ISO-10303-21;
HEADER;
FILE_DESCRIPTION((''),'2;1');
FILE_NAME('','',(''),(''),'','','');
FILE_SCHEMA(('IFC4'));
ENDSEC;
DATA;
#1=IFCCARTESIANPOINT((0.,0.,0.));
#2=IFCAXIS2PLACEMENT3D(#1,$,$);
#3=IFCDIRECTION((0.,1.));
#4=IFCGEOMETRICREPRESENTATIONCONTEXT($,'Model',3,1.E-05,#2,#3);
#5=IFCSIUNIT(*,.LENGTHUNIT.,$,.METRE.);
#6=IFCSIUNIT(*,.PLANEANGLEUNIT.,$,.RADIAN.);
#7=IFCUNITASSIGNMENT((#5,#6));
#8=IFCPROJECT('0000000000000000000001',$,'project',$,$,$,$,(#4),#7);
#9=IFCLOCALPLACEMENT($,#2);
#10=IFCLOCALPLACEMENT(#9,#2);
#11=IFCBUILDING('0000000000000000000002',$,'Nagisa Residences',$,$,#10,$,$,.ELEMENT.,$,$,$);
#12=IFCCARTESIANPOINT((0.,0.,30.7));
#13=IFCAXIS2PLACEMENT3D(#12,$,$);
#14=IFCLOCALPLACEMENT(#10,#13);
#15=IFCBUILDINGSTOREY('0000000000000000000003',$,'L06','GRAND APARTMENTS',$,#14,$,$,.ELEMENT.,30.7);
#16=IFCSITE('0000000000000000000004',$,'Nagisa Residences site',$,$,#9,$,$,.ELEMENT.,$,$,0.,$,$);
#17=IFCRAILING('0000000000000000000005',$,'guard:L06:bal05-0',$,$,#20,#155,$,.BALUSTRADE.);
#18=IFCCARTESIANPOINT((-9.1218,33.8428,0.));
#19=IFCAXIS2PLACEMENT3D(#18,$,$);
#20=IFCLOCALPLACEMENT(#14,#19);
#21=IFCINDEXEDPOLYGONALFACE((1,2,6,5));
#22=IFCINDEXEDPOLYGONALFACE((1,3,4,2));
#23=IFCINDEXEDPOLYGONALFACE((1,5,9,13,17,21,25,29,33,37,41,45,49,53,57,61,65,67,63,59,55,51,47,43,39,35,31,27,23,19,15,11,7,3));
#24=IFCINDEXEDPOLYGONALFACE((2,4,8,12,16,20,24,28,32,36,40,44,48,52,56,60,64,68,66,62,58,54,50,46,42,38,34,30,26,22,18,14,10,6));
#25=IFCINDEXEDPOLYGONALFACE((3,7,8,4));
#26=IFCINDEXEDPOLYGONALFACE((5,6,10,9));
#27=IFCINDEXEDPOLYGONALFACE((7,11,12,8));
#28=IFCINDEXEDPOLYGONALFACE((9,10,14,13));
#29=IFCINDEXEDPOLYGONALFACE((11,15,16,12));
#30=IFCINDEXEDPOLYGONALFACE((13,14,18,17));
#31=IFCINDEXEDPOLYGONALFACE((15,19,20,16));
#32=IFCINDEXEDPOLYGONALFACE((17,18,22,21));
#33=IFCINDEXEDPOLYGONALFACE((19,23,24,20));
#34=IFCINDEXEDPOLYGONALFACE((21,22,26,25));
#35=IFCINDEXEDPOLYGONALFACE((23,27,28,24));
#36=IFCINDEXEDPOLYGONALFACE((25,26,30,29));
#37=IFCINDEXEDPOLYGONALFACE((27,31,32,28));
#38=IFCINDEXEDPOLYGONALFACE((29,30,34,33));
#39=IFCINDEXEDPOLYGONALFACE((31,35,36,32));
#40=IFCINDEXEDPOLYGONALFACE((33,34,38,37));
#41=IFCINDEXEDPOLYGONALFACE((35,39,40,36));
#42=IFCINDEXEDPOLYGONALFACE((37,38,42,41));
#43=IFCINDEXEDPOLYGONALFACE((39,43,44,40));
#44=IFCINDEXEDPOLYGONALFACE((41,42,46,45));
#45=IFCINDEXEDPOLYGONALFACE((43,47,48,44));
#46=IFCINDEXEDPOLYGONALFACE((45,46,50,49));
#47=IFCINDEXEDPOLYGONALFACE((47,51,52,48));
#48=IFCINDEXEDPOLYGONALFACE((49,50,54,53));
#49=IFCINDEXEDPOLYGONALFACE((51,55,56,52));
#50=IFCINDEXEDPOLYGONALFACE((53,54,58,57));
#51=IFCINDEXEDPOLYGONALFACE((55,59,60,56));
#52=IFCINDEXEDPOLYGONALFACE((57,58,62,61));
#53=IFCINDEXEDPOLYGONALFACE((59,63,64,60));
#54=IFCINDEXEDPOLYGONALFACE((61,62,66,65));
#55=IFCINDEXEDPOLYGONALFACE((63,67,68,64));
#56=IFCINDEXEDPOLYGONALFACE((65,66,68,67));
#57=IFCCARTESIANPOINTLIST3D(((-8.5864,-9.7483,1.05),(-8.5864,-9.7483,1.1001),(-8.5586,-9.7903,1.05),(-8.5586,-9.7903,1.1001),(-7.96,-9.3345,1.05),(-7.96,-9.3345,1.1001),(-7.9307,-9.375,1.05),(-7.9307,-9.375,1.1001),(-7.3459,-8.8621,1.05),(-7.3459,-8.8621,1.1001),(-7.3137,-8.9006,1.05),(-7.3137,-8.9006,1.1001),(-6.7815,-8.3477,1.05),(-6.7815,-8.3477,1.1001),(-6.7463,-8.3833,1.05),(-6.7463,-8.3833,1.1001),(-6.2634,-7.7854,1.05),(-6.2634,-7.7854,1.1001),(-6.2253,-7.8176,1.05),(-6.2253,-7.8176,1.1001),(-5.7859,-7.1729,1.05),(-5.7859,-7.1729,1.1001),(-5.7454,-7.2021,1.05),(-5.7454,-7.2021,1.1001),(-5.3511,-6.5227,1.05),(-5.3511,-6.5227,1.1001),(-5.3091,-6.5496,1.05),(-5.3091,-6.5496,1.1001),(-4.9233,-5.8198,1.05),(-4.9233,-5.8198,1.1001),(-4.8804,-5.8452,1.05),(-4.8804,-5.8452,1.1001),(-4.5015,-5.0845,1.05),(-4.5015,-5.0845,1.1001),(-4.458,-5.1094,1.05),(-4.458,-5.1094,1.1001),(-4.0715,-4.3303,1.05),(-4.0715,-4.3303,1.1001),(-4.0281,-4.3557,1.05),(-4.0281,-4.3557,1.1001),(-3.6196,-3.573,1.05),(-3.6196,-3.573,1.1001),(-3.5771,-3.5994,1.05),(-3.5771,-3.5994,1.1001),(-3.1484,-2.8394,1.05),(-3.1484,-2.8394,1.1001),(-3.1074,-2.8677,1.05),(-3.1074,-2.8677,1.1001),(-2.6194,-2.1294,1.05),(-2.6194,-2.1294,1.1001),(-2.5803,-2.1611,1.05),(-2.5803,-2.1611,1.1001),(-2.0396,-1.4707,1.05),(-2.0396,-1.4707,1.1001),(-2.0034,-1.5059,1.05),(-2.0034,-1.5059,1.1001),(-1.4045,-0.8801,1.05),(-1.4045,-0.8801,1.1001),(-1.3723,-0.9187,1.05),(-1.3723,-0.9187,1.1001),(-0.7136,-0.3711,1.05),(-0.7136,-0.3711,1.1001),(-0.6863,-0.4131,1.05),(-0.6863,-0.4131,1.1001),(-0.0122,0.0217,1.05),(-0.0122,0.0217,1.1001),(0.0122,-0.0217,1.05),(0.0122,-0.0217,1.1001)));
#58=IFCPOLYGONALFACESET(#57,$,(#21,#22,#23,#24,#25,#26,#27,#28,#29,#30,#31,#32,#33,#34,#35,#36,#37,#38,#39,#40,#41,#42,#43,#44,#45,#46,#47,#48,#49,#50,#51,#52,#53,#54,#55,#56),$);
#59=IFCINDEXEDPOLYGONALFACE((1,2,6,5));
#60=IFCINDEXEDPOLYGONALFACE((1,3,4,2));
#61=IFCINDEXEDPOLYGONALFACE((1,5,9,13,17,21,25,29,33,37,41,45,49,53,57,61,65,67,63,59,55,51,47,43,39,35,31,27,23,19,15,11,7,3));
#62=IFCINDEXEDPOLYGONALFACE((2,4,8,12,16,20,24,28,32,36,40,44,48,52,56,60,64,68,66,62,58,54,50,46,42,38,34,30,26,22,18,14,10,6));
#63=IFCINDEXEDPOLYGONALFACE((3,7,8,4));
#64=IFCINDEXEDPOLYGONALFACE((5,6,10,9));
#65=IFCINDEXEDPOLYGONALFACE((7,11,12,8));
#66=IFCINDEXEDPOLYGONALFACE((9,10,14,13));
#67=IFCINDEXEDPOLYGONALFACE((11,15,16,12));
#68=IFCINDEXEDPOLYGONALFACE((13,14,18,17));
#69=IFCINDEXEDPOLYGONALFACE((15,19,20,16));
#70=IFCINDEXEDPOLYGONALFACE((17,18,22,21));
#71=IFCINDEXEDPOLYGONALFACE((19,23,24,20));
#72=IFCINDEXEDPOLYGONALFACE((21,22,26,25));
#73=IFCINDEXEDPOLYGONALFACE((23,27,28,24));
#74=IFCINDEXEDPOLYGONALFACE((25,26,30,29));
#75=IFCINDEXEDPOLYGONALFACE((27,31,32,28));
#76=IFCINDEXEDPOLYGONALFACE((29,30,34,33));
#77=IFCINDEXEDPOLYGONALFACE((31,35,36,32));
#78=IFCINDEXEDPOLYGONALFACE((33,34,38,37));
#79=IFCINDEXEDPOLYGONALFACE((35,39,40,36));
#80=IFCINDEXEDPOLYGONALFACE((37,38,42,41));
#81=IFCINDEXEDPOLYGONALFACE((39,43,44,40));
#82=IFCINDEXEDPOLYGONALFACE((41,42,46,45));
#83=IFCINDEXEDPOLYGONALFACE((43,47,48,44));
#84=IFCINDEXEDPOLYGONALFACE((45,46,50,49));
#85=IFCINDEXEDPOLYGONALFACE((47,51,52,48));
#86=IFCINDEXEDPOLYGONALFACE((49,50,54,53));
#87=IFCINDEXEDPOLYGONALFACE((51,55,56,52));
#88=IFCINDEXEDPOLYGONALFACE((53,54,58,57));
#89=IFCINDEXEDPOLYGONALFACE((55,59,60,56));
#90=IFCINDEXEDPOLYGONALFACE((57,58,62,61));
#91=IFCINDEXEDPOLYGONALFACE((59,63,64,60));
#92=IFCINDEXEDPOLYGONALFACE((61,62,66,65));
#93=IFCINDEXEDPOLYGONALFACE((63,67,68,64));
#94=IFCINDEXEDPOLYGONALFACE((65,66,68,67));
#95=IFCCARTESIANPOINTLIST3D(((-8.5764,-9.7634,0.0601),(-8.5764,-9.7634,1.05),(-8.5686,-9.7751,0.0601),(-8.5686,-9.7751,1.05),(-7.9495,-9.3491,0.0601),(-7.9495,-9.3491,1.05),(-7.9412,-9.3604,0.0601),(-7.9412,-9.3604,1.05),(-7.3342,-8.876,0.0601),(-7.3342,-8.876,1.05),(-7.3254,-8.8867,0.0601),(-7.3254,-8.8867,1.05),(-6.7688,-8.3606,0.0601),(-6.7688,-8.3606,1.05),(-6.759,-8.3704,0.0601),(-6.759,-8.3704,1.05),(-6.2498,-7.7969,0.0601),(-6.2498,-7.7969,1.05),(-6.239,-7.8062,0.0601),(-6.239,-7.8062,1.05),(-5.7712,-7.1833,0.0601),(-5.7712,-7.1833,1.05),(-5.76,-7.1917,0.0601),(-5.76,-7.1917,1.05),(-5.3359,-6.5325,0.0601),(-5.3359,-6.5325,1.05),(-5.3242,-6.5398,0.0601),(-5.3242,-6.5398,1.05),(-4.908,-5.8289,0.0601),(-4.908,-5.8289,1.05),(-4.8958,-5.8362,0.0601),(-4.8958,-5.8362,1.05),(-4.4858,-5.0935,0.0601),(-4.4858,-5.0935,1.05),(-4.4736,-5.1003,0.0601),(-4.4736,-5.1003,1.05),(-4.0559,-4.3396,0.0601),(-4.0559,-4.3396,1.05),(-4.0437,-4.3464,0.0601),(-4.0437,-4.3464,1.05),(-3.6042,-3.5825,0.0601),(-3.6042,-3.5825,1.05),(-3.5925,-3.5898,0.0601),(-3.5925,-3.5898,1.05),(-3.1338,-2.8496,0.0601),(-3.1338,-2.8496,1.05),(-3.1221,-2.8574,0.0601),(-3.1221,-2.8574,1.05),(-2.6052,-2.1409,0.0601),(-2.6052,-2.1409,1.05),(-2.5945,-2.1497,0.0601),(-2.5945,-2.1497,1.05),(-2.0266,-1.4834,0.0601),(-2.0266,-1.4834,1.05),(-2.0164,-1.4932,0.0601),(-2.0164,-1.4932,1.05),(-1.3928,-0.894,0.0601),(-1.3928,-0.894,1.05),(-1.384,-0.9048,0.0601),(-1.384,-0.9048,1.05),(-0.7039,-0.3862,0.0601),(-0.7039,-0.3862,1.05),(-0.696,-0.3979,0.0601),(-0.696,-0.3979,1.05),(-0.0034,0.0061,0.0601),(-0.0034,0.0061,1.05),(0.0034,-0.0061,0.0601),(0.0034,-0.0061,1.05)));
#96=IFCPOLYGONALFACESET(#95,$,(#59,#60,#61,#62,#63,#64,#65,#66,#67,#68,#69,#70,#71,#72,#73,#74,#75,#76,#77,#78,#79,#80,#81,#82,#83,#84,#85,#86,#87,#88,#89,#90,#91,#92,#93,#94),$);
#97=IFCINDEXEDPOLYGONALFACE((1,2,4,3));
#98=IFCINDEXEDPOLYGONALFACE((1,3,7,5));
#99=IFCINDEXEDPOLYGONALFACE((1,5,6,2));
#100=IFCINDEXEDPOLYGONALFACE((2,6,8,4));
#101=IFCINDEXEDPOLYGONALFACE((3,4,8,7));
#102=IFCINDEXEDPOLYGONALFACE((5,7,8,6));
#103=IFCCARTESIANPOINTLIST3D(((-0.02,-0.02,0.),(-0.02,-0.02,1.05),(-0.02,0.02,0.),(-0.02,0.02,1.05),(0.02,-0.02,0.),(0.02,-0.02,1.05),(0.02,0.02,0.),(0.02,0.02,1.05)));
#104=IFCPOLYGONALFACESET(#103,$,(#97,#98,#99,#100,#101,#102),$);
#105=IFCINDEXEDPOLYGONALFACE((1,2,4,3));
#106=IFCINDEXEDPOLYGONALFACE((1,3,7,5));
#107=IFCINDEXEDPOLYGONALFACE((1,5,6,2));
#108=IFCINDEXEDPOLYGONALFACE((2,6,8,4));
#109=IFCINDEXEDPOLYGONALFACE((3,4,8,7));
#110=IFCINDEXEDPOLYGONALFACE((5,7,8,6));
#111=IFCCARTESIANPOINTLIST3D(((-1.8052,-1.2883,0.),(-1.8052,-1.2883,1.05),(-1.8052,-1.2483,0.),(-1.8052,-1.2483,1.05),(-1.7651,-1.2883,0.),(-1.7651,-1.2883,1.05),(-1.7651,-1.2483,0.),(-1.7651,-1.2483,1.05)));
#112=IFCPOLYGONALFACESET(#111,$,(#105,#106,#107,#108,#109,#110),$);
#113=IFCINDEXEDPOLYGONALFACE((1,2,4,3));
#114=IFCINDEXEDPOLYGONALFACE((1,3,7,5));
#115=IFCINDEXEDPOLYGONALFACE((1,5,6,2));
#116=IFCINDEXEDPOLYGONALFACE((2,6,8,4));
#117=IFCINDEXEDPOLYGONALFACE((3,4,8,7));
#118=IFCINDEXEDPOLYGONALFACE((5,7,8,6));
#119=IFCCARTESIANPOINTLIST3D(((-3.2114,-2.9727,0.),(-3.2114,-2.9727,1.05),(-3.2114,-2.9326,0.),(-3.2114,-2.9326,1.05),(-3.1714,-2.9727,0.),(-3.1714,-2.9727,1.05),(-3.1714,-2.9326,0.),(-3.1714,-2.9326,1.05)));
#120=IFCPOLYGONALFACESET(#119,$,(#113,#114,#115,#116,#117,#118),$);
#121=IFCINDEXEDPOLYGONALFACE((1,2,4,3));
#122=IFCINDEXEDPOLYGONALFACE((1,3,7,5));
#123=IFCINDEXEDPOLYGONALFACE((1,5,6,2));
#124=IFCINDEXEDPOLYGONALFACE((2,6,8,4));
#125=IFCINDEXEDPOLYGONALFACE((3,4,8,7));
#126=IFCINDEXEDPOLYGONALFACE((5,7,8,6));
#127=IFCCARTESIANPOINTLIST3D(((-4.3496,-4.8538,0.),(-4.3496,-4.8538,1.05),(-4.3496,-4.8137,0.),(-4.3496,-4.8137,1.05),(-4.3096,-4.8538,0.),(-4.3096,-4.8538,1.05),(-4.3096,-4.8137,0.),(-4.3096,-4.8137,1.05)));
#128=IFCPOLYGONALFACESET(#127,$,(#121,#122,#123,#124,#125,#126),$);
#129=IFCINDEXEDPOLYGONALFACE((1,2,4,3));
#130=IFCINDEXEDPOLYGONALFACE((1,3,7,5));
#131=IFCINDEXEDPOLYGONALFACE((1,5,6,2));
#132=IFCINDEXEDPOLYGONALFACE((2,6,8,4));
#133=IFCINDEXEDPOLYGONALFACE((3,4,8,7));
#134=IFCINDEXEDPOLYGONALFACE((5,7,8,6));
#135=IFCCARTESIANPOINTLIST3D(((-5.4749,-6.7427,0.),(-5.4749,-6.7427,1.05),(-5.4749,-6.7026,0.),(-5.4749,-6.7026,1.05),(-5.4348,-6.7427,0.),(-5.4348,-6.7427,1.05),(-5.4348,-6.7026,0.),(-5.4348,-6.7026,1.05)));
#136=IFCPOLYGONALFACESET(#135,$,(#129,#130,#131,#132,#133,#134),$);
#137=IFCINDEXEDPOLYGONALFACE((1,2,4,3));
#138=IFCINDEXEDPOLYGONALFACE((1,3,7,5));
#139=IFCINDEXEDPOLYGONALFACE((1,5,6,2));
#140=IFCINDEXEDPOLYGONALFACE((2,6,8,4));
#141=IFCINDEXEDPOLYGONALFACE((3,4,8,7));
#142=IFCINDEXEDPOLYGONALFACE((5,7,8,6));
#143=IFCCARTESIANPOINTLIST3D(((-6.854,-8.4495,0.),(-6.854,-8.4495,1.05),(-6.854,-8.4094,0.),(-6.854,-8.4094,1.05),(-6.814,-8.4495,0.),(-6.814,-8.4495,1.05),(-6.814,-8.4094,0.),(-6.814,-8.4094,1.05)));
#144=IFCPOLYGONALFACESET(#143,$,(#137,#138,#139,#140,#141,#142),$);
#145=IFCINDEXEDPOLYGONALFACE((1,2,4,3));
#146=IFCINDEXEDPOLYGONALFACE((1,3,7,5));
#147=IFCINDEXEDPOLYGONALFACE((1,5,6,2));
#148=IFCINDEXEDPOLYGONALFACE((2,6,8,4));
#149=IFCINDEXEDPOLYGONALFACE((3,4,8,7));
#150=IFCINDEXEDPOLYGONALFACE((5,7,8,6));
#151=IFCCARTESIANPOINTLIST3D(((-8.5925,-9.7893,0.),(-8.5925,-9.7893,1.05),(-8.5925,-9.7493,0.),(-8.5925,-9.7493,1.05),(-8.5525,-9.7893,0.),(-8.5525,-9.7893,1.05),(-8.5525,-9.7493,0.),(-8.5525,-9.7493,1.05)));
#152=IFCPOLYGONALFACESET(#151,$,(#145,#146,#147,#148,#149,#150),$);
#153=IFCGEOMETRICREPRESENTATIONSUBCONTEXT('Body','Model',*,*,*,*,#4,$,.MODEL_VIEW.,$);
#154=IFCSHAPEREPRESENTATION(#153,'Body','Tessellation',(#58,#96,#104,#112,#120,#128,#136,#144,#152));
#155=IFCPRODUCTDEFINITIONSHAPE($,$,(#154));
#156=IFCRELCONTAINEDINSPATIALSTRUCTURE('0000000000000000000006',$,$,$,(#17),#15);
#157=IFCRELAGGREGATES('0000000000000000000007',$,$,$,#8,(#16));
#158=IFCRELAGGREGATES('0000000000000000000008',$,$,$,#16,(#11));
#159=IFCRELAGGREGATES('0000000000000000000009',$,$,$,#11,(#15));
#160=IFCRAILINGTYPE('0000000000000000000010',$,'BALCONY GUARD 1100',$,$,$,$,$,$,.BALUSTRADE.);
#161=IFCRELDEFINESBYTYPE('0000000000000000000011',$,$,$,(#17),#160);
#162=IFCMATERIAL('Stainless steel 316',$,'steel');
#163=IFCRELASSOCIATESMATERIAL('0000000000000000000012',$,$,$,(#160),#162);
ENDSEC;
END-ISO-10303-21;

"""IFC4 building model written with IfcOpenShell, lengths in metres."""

from ifc_helpers import new_model, si_unit, direction, frame, origin, origin_2d, place, context, subcontext, project, spatial, polyline, rectangle, outline, extrude, material, type_object, element, save


model = new_model("IFC4")

# Units and contexts
model_context = context("Model", 3, precision=1e-05, world=origin(), true_north=direction((0.0, 1.0)))
body_context = subcontext(model_context, "Body", "Model", "MODEL_VIEW")
ifc_project = project(units=[si_unit("LENGTHUNIT", "METRE"), si_unit("PLANEANGLEUNIT", "RADIAN")], contexts=[model_context])

# Site, building, storey
site_placement = place(None, origin())
site = spatial("IfcSite", under=ifc_project, at=site_placement, Name="Nagisa Residences site", CompositionType="ELEMENT", RefElevation=0.0)
building_placement = place(site_placement, origin())
building = spatial("IfcBuilding", under=site, at=building_placement, Name="Nagisa Residences", CompositionType="ELEMENT")
storey_placement = place(building_placement, frame((0.0, 0.0, 30.7)))
storey = spatial("IfcBuildingStorey", under=building, at=storey_placement, Name="L06", Description="GRAND APARTMENTS", CompositionType="ELEMENT", Elevation=30.7)

# Railing
ifc_material_1 = material(Name="Stainless steel 316", Category="steel")
railing_type = type_object("IfcRailingType", Name="BALCONY GUARD 1100", PredefinedType="BALUSTRADE", material=ifc_material_1)
railing_placement = place(storey_placement, frame((-9.1218, 33.8428, 0.0)))
element("IfcRailing", 1, at=railing_placement, inside=storey, type_object=railing_type, Name="guard:L06:bal05-0", PredefinedType="BALUSTRADE", context=body_context, shape_type="SweptSolid", body=[
    extrude(outline(polyline([(-0.6863, -0.4131), (0.0122, -0.0217), (-0.0122, 0.0217), (-0.7136, -0.3711), (-1.4045, -0.8801), (-2.0396, -1.4707), (-2.6194, -2.1294), (-3.1484, -2.8394), (-3.6196, -3.573), (-4.0715, -4.3303), (-4.5015, -5.0845), (-4.9233, -5.8198), (-5.3511, -6.5227), (-5.7859, -7.1729), (-6.2634, -7.7854), (-6.7815, -8.3477), (-7.3459, -8.8621), (-7.96, -9.3345), (-8.5864, -9.7483), (-8.5586, -9.7903), (-7.9307, -9.375), (-7.3137, -8.9006), (-6.7463, -8.3833), (-6.2253, -7.8176), (-5.7454, -7.2021), (-5.3091, -6.5496), (-4.8804, -5.8452), (-4.458, -5.1094), (-4.0281, -4.3557), (-3.5771, -3.5994), (-3.1074, -2.8677), (-2.5803, -2.1611), (-2.0034, -1.5059), (-1.3723, -0.9187), (-0.6863, -0.4131)])), frame((0.0, 0.0, 1.05)), (0.0, 0.0, 1.0), 0.05),
    extrude(outline(polyline([(-0.696, -0.3979), (0.0034, -0.0061), (-0.0034, 0.0061), (-0.7039, -0.3862), (-1.3928, -0.894), (-2.0266, -1.4834), (-2.6052, -2.1409), (-3.1338, -2.8496), (-3.6042, -3.5825), (-4.0559, -4.3396), (-4.4858, -5.0935), (-4.908, -5.8289), (-5.3359, -6.5325), (-5.7712, -7.1833), (-6.2498, -7.7969), (-6.7688, -8.3606), (-7.3342, -8.876), (-7.9495, -9.3491), (-8.5764, -9.7634), (-8.5686, -9.7751), (-7.9412, -9.3604), (-7.3254, -8.8867), (-6.759, -8.3704), (-6.239, -7.8062), (-5.76, -7.1917), (-5.3242, -6.5398), (-4.8958, -5.8362), (-4.4736, -5.1003), (-4.0437, -4.3464), (-3.5925, -3.5898), (-3.1221, -2.8574), (-2.5945, -2.1497), (-2.0164, -1.4932), (-1.384, -0.9048), (-0.696, -0.3979)])), frame((0.0, 0.0, 0.0601)), (0.0, 0.0, 1.0), 0.99),
    extrude(rectangle(XDim=0.04, YDim=0.04, at=origin_2d()), origin(), (0.0, 0.0, 1.0), 1.05),
    extrude(rectangle(XDim=0.04, YDim=0.04, at=origin_2d()), frame((-1.7852, -1.2683, 0.0)), (0.0, 0.0, 1.0), 1.05),
    extrude(rectangle(XDim=0.04, YDim=0.04, at=origin_2d()), frame((-3.1914, -2.9526, 0.0)), (0.0, 0.0, 1.0), 1.05),
    extrude(rectangle(XDim=0.04, YDim=0.04, at=origin_2d()), frame((-4.3296, -4.8337, 0.0)), (0.0, 0.0, 1.0), 1.05),
    extrude(rectangle(XDim=0.04, YDim=0.04, at=origin_2d()), frame((-5.4548, -6.7227, 0.0)), (0.0, 0.0, 1.0), 1.05),
    extrude(rectangle(XDim=0.04, YDim=0.04, at=origin_2d()), frame((-6.834, -8.4294, 0.0)), (0.0, 0.0, 1.0), 1.05),
    extrude(rectangle(XDim=0.04, YDim=0.04, at=origin_2d()), frame((-8.5725, -9.7693, 0.0)), (0.0, 0.0, 1.0), 1.05),
])

save(model, "model.ifc")
